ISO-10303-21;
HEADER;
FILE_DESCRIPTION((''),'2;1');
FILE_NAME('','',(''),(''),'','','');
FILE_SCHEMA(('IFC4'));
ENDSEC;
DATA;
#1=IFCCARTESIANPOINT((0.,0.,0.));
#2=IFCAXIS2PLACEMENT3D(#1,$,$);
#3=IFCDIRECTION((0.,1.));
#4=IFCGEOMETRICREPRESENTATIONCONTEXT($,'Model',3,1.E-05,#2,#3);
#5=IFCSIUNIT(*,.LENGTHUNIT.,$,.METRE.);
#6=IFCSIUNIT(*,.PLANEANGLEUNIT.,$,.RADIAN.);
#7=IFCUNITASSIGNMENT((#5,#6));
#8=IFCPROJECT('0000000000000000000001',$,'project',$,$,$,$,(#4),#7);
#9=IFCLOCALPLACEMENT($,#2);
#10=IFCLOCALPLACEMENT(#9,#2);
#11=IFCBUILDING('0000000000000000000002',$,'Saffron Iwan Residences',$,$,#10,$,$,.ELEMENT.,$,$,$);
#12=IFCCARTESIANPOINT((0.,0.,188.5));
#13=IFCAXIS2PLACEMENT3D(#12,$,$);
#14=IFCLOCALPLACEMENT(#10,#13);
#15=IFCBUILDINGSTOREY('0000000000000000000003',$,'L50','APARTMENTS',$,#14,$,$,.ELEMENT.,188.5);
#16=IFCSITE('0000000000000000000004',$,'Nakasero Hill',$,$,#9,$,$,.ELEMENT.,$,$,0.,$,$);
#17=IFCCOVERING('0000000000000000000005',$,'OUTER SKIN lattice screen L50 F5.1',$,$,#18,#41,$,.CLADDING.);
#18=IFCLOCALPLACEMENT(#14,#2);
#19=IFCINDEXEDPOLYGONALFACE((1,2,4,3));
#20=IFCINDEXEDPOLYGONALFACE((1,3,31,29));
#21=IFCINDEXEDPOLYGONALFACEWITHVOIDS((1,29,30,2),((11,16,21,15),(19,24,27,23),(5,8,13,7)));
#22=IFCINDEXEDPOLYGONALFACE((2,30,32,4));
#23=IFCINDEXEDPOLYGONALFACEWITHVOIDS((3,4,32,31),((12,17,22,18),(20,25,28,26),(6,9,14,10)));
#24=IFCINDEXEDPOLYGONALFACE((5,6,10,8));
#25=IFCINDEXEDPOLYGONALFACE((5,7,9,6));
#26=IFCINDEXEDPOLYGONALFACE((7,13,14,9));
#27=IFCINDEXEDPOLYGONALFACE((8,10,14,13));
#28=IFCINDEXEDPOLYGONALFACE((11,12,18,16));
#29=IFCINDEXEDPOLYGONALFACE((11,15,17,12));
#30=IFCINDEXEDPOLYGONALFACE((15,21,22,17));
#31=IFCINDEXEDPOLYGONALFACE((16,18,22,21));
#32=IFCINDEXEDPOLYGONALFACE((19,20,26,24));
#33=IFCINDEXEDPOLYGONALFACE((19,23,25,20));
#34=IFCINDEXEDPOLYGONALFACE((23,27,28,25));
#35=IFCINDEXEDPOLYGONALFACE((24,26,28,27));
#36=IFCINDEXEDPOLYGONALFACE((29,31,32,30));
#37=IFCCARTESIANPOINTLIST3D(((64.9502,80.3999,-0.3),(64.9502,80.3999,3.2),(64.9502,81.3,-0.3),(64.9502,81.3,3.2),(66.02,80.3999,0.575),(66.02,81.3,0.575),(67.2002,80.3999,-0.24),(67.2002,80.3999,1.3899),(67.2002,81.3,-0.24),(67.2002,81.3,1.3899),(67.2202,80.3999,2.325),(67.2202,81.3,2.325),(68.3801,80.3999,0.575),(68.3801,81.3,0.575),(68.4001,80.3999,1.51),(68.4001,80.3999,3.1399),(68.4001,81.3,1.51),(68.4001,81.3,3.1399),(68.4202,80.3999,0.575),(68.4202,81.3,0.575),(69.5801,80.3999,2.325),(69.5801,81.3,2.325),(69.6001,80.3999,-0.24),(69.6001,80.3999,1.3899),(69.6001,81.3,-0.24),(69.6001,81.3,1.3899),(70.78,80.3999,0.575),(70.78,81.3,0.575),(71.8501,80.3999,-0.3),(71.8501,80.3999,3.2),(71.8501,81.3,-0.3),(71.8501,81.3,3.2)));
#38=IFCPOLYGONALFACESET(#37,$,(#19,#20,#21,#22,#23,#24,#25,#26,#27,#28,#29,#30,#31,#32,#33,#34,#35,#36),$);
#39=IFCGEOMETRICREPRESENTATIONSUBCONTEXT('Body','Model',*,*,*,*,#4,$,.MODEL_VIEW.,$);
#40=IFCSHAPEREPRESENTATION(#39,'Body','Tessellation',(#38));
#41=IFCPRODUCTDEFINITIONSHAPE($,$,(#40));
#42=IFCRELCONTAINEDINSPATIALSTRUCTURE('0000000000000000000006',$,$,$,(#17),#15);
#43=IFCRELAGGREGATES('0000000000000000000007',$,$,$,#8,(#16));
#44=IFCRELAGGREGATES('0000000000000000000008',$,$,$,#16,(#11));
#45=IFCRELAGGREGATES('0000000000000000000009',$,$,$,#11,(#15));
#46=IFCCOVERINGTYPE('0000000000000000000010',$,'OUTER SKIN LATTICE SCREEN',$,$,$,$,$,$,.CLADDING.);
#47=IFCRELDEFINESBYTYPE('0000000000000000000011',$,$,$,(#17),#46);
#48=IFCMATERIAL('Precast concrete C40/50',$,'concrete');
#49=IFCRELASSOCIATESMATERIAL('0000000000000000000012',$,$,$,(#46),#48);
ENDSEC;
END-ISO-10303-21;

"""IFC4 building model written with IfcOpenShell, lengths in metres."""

from ifc_helpers import new_model, si_unit, direction, frame, origin, place, context, subcontext, project, spatial, polyline, outline, extrude, material, type_object, element, save


model = new_model("IFC4")

# Units and contexts
model_context = context("Model", 3, precision=1e-05, world=origin(), true_north=direction((0.0, 1.0)))
body_context = subcontext(model_context, "Body", "Model", "MODEL_VIEW")
ifc_project = project(units=[si_unit("LENGTHUNIT", "METRE"), si_unit("PLANEANGLEUNIT", "RADIAN")], contexts=[model_context])

# Site, building, storey
site_placement = place(None, origin())
site = spatial("IfcSite", under=ifc_project, at=site_placement, Name="Nakasero Hill", CompositionType="ELEMENT", RefElevation=0.0)
building_placement = place(site_placement, origin())
building = spatial("IfcBuilding", under=site, at=building_placement, Name="Saffron Iwan Residences", CompositionType="ELEMENT")
storey_placement = place(building_placement, frame((0.0, 0.0, 188.5)))
storey = spatial("IfcBuildingStorey", under=building, at=storey_placement, Name="L50", Description="APARTMENTS", CompositionType="ELEMENT", Elevation=188.5)

# Covering
ifc_material_1 = material(Name="Precast concrete C40/50", Category="concrete")
covering_type = type_object("IfcCoveringType", Name="OUTER SKIN LATTICE SCREEN", PredefinedType="CLADDING", material=ifc_material_1)
covering_placement = place(storey_placement, frame((71.8501, 80.3999, -0.3), z_axis=(0.0, 1.0, 0.0), x_axis=(-1.0, 0.0, 0.0)))
element("IfcCovering", 1, at=covering_placement, inside=storey, type_object=covering_type, Name="OUTER SKIN lattice screen L50 F5.1", PredefinedType="CLADDING", context=body_context, shape_type="SweptSolid", body=[
    extrude(outline(polyline([(0.0, 0.0), (6.8999, 0.0), (6.8999, 3.5), (0.0, 3.5), (0.0, 0.0)]), holes=[polyline([(1.0701, 0.875), (2.25, 0.0601), (3.4299, 0.875), (2.25, 1.6899), (1.0701, 0.875)]), polyline([(3.47, 0.875), (4.6499, 0.0601), (5.8301, 0.875), (4.6499, 1.6899), (3.47, 0.875)]), polyline([(2.27, 2.625), (3.45, 1.8101), (4.6299, 2.625), (3.45, 3.4399), (2.27, 2.625)])]), origin(), (0.0, 0.0, 1.0), 0.9001),
])

save(model, "model.ifc")
